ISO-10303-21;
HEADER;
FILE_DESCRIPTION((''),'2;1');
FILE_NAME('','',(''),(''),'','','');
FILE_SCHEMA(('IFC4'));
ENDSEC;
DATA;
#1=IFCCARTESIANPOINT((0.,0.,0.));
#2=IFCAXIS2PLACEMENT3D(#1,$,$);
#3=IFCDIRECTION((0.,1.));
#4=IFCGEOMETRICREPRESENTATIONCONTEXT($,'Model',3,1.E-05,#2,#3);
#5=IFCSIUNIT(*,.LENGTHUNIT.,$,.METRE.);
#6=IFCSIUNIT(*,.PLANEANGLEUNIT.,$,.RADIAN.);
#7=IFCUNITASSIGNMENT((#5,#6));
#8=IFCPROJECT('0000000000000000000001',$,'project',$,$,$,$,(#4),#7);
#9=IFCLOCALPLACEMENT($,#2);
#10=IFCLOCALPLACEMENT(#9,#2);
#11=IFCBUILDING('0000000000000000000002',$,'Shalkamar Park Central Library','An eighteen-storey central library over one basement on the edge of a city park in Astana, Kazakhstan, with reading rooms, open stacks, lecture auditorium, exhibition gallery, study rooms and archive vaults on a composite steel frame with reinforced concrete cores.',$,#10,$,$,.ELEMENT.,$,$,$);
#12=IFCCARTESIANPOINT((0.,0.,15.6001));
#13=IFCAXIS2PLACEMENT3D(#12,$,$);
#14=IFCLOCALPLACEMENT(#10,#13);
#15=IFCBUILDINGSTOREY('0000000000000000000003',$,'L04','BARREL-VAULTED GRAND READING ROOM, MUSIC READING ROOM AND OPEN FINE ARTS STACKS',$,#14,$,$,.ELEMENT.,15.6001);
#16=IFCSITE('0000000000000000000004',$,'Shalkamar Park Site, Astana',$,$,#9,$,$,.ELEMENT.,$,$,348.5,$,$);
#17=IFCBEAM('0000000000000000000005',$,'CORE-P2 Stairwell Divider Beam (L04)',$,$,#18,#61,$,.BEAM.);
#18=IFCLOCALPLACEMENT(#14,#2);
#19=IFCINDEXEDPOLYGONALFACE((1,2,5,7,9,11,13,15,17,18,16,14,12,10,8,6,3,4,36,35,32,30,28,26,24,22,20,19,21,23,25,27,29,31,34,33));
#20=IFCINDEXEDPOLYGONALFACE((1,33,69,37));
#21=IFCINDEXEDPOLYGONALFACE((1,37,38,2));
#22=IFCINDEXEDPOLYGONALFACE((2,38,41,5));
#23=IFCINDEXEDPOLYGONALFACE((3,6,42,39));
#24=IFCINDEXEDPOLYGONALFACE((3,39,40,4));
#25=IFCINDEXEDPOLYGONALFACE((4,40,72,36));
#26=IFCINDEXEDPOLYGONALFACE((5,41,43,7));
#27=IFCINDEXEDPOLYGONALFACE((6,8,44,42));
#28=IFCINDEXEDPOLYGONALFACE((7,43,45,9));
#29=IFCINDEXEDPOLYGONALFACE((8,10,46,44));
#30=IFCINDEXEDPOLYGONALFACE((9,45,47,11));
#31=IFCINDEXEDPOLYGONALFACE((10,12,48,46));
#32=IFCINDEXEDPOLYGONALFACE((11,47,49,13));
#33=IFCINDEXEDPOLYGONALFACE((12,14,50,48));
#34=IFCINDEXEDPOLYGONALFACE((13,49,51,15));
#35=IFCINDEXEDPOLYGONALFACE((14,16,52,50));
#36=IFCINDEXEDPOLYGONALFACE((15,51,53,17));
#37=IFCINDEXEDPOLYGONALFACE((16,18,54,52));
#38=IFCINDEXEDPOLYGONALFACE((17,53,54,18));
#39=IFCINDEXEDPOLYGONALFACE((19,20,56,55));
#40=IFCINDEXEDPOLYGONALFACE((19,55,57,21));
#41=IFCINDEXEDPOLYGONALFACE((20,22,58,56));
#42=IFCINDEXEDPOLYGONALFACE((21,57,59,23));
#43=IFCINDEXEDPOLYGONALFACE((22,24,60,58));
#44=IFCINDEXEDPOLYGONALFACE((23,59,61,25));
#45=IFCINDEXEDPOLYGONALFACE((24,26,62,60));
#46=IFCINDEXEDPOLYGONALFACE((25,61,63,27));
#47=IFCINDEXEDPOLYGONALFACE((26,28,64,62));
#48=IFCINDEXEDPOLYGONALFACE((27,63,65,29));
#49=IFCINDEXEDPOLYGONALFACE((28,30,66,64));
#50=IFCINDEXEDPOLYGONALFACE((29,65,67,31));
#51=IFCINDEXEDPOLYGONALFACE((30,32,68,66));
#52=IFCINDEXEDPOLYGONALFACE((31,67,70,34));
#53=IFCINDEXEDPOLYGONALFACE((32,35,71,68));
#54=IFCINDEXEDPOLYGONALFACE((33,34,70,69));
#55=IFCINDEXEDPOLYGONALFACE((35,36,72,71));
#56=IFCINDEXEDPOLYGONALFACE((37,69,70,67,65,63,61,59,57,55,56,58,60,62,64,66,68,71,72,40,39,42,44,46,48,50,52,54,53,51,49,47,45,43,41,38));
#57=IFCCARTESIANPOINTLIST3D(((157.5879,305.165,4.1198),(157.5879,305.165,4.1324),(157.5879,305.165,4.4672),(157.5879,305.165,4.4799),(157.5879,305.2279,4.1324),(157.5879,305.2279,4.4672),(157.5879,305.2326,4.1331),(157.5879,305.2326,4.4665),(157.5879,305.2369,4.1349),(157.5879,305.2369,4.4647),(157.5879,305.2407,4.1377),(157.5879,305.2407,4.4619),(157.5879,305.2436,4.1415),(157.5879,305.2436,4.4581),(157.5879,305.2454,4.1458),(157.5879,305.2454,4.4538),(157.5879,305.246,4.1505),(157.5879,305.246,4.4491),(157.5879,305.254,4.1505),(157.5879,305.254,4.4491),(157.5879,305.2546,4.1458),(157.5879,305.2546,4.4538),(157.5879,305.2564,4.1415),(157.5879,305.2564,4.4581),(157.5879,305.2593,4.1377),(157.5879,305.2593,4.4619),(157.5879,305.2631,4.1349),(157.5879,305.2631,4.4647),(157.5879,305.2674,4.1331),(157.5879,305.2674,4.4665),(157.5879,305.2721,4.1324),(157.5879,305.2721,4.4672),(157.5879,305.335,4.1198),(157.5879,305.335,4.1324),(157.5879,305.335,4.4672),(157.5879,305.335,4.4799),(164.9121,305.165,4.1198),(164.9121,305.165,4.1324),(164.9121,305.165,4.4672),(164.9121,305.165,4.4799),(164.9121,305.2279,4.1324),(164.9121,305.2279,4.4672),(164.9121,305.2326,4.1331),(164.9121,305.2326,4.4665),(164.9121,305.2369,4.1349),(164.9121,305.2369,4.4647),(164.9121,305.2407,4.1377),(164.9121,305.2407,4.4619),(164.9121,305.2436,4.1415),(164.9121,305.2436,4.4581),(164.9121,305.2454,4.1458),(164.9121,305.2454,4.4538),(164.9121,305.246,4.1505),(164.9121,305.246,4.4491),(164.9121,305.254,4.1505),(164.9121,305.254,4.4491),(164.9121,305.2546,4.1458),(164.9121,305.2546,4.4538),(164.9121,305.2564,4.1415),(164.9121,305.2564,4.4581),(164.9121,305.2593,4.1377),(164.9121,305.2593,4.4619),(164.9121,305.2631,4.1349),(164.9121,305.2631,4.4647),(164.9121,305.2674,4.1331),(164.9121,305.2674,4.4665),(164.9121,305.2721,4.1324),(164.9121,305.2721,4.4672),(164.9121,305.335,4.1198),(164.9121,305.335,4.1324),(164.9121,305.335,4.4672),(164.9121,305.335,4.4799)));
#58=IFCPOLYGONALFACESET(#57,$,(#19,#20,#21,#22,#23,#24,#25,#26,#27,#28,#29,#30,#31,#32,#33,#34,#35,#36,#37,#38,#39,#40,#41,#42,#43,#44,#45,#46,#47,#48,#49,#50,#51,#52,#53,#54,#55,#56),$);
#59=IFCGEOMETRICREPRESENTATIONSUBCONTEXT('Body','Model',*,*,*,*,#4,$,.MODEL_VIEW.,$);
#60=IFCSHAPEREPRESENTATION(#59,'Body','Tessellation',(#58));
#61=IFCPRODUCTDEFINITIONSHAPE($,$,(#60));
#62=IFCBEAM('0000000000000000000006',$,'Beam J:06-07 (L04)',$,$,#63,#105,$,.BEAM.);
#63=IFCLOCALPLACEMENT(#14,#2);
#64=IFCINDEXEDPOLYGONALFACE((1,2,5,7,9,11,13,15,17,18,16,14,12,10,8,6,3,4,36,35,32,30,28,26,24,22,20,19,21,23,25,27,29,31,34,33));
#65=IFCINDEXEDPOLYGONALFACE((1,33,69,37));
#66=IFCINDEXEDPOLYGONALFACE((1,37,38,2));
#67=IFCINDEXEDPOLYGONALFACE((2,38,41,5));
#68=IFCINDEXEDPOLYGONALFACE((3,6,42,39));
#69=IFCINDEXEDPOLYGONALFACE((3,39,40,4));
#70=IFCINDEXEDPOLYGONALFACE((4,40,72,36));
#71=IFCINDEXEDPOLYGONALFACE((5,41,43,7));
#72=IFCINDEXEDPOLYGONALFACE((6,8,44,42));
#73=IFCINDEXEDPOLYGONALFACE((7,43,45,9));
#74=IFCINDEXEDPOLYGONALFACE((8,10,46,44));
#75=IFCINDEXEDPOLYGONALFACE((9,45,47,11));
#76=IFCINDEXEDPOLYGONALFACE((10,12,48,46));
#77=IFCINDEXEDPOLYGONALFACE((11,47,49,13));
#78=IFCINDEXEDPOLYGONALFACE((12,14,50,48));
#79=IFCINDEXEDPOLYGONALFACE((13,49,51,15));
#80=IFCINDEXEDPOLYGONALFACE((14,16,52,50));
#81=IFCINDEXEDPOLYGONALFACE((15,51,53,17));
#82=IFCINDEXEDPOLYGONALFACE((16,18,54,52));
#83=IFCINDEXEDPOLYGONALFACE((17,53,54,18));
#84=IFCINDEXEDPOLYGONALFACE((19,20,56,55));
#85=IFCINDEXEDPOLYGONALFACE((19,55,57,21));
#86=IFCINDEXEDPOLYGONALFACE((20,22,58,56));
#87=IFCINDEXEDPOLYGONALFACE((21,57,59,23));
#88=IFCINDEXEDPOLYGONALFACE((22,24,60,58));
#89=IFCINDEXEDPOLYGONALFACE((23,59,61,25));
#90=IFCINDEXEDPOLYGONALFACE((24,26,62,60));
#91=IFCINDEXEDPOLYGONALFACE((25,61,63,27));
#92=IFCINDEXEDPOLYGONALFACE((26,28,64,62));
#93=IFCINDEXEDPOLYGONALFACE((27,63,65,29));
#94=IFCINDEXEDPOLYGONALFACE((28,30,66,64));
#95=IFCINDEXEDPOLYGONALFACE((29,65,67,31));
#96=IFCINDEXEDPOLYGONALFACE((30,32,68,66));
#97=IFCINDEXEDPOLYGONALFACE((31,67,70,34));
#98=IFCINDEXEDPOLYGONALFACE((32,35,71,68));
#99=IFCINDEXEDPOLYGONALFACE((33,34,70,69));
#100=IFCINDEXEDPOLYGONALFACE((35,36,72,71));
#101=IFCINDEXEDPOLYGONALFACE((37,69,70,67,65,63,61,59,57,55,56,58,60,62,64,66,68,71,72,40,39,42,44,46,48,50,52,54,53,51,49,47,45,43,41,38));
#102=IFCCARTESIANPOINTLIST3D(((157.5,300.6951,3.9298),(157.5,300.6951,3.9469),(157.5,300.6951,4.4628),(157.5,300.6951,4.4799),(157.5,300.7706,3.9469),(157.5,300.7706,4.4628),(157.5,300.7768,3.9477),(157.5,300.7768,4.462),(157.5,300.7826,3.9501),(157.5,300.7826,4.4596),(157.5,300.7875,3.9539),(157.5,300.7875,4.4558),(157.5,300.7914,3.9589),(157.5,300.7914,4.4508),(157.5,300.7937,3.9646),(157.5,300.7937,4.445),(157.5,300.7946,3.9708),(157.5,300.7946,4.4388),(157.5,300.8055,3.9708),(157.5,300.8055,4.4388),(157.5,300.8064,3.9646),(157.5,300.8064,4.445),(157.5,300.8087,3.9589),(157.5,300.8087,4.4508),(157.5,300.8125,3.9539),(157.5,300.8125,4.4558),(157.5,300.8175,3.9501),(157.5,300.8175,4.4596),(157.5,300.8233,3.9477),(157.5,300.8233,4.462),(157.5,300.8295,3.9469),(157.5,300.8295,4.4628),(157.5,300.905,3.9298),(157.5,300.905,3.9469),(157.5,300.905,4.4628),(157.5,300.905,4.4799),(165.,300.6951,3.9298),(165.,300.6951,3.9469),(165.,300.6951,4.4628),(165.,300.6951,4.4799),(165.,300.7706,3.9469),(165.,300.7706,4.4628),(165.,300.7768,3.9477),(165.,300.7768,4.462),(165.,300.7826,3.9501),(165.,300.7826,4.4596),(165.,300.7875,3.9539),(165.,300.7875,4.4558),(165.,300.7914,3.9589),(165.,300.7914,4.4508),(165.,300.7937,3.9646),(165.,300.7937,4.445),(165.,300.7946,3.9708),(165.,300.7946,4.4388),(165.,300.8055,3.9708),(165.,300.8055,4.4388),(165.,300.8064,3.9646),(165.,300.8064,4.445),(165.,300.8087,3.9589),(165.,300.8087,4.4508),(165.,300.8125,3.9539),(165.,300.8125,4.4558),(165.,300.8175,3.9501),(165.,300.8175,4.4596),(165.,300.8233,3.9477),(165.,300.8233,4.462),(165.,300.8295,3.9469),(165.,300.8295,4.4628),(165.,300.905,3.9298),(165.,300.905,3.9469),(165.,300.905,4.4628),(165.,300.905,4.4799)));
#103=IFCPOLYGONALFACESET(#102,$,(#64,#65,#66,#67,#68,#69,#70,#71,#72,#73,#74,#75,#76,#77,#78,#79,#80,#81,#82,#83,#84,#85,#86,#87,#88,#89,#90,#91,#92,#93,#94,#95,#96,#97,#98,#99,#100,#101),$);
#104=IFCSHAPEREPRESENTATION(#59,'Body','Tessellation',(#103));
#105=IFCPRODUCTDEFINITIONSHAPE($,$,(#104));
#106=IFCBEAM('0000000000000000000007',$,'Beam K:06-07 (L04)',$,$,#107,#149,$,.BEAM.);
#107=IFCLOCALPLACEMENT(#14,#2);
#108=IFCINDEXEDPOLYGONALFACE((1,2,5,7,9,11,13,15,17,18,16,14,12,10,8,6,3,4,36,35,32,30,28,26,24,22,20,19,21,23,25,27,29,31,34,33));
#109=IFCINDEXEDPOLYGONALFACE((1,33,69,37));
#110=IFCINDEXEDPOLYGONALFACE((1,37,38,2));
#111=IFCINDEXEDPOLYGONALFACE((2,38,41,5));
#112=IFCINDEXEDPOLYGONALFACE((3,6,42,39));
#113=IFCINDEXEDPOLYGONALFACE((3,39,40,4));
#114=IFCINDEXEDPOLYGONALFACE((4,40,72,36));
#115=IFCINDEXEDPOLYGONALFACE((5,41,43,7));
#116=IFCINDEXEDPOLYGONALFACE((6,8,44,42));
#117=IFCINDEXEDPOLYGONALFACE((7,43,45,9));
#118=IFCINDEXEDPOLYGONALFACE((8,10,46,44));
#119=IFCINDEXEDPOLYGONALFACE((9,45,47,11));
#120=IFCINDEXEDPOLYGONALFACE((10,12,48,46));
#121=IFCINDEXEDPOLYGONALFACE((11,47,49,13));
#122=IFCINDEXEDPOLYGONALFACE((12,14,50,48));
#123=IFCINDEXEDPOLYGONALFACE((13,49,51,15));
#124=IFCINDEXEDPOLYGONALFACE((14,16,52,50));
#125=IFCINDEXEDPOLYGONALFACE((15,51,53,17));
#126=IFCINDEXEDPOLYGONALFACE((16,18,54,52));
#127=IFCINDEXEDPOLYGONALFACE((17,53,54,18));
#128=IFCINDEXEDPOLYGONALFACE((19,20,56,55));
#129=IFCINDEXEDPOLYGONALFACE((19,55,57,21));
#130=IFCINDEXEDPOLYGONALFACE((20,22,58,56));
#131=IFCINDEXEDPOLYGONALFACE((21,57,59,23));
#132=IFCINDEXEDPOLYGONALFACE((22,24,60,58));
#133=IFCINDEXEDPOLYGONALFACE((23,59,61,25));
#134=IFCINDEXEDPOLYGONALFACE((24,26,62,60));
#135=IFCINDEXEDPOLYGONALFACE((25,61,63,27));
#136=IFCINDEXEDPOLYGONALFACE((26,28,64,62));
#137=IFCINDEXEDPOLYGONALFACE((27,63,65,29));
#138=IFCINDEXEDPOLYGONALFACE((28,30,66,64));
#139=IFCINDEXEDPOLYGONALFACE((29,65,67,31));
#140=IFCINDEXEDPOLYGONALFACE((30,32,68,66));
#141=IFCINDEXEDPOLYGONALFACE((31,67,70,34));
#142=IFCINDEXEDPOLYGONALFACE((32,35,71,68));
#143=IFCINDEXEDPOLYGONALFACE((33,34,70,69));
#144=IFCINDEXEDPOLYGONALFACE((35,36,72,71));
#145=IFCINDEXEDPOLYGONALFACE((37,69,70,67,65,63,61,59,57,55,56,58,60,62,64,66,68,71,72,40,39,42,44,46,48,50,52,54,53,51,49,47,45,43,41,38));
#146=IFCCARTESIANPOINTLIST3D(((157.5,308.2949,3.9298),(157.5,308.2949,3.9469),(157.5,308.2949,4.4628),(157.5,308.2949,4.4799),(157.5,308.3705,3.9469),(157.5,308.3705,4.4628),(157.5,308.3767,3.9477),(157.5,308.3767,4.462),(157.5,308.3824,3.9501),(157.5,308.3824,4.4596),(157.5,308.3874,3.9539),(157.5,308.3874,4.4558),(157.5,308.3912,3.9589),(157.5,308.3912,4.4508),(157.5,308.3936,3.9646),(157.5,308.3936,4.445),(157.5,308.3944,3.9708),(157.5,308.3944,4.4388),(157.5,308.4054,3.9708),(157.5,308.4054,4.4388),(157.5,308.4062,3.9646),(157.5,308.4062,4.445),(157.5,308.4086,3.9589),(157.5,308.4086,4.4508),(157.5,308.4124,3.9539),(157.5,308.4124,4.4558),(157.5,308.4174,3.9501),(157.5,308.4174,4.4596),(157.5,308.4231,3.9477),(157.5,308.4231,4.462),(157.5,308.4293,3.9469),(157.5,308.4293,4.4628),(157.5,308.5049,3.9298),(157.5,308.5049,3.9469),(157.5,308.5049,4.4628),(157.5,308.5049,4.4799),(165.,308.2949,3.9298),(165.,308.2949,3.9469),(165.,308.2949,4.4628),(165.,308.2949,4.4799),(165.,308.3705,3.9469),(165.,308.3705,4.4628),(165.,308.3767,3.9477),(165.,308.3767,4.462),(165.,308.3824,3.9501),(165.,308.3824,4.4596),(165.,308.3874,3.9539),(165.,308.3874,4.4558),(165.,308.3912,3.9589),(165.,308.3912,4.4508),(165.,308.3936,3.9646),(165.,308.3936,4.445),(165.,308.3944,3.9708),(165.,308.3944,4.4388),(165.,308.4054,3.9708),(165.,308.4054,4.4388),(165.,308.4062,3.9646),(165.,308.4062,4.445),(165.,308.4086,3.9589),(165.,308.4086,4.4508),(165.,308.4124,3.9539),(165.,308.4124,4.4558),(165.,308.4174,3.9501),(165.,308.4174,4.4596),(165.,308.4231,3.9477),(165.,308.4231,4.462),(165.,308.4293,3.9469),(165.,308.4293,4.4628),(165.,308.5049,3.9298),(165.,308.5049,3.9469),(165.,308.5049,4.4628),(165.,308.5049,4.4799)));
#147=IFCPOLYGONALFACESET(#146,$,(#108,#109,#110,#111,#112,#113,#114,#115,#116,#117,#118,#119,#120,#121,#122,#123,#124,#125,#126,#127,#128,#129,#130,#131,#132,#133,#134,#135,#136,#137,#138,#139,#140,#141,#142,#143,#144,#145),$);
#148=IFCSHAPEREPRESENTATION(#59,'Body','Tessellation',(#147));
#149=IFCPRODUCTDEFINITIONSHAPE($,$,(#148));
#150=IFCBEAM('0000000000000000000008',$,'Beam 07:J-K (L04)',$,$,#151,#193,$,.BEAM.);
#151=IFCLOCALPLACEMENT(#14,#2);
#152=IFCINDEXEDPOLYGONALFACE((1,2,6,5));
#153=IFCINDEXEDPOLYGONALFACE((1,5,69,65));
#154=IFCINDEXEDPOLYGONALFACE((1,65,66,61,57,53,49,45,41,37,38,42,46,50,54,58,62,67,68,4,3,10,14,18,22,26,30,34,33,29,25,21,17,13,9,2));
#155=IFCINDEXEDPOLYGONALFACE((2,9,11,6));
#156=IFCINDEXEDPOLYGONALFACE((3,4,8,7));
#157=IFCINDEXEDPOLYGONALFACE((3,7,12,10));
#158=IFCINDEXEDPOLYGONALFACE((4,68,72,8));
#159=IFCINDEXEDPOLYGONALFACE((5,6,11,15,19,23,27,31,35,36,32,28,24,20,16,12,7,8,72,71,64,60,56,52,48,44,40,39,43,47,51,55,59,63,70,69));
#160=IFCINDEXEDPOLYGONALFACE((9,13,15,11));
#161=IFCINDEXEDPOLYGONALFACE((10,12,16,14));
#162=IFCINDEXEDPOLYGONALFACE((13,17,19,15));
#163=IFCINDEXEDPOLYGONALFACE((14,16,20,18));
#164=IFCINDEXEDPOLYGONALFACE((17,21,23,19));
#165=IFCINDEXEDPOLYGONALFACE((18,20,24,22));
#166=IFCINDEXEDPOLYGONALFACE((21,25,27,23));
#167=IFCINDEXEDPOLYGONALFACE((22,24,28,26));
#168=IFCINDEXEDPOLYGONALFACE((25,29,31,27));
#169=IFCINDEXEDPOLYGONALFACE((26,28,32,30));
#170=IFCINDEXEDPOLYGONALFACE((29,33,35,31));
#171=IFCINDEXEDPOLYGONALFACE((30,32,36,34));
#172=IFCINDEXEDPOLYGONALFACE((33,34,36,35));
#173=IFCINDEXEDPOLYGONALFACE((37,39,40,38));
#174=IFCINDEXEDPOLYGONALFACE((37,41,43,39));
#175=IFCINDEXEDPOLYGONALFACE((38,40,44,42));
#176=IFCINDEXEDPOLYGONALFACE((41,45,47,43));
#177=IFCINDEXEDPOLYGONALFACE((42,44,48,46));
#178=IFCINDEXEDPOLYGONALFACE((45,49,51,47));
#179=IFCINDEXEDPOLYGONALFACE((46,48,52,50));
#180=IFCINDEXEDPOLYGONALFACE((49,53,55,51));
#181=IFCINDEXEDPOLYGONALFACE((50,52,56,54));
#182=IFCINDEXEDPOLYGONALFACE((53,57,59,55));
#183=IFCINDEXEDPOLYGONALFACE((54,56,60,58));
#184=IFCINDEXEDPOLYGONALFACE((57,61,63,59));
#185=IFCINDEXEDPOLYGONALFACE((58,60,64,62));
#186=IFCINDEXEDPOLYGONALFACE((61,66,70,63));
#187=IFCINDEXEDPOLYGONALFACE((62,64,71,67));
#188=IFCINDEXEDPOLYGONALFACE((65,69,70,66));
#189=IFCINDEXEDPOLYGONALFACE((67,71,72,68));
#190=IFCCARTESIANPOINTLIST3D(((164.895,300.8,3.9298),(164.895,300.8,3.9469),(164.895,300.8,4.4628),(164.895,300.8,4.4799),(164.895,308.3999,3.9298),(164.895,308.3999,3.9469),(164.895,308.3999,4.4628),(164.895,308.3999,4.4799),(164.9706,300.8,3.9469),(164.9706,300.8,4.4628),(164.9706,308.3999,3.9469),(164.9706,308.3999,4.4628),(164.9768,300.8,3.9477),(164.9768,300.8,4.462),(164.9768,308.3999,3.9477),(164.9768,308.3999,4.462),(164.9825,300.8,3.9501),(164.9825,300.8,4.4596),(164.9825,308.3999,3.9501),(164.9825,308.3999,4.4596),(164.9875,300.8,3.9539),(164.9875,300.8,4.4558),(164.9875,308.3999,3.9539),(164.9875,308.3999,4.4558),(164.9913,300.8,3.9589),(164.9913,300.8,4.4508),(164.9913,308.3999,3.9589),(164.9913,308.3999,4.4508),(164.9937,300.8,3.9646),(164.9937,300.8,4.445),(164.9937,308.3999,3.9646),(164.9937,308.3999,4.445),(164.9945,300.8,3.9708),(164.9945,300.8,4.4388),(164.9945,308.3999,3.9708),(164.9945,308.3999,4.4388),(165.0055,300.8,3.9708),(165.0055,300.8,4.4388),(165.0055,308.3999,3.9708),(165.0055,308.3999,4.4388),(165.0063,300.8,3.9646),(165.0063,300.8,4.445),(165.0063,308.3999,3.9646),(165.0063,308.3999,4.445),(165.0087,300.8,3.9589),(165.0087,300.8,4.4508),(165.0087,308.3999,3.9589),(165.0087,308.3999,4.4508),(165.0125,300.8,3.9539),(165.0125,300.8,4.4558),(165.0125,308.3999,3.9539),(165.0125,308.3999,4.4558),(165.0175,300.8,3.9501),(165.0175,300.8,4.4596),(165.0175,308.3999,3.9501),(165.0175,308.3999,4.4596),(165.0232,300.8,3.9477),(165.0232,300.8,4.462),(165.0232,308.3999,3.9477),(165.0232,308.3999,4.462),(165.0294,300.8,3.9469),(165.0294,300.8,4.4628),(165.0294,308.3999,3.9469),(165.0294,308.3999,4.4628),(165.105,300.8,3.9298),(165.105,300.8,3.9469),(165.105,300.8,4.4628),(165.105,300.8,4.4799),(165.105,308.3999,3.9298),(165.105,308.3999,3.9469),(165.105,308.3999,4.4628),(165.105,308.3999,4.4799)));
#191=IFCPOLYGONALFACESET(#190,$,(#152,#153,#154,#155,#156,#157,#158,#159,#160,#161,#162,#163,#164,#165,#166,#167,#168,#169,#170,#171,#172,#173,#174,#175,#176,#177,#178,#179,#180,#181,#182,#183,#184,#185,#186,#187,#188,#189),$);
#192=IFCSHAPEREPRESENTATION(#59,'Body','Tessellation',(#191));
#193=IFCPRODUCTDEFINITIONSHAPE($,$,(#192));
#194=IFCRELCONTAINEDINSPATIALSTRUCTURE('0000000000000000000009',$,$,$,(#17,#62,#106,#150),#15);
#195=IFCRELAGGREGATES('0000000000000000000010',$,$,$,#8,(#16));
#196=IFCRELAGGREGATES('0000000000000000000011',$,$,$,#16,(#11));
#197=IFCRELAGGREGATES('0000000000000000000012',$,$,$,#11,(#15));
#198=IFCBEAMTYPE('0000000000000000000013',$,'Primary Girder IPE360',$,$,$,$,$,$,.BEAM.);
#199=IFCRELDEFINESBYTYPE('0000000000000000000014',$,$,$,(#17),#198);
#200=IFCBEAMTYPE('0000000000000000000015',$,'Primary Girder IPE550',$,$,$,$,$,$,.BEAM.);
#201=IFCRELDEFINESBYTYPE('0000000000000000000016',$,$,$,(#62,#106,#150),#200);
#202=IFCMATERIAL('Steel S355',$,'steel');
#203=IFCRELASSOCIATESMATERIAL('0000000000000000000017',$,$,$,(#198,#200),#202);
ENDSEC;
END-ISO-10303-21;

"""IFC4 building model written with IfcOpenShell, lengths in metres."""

from ifc_helpers import new_model, si_unit, direction, frame, origin, origin_2d, place, context, subcontext, project, spatial, i_section, extrude, material, material_profile, profile_set, type_object, element, save


model = new_model("IFC4")

# Units and contexts
model_context = context("Model", 3, precision=1e-05, world=origin(), true_north=direction((0.0, 1.0)))
body_context = subcontext(model_context, "Body", "Model", "MODEL_VIEW")
ifc_project = project(units=[si_unit("LENGTHUNIT", "METRE"), si_unit("PLANEANGLEUNIT", "RADIAN")], contexts=[model_context])

# Site, building, storey
site_placement = place(None, origin())
site = spatial("IfcSite", under=ifc_project, at=site_placement, Name="Shalkamar Park Site, Astana", CompositionType="ELEMENT", RefElevation=348.5)
building_placement = place(site_placement, origin())
building = spatial("IfcBuilding", under=site, at=building_placement, Name="Shalkamar Park Central Library", Description="An eighteen-storey central library over one basement on the edge of a city park in Astana, Kazakhstan, with reading rooms, open stacks, lecture auditorium, exhibition gallery, study rooms and archive vaults on a composite steel frame with reinforced concrete cores.", CompositionType="ELEMENT")
storey_placement = place(building_placement, frame((0.0, 0.0, 15.6001)))
storey = spatial("IfcBuildingStorey", under=building, at=storey_placement, Name="L04", Description="BARREL-VAULTED GRAND READING ROOM, MUSIC READING ROOM AND OPEN FINE ARTS STACKS", CompositionType="ELEMENT", Elevation=15.6001)

# Shared definitions
ifc_material_1 = material(Name="Steel S355", Category="steel")

# Beams
ifc_material_profile_1 = material_profile(ifc_material_1, i_section(OverallWidth=0.1699, OverallDepth=0.3601, WebThickness=0.0081, FlangeThickness=0.0127, FilletRadius=0.0181, at=origin_2d()), Name="IPE 360")
ifc_profile_set_1 = profile_set([ifc_material_profile_1], Name="Steel S355")
beam_type_1 = type_object("IfcBeamType", Name="Primary Girder IPE360", PredefinedType="BEAM", material=ifc_profile_set_1)
beam_1_placement = place(storey_placement, frame((157.5879, 305.25, 4.2998), z_axis=(1.0, 0.0, 0.0), x_axis=(0.0, 1.0, 0.0)))
element("IfcBeam", 1, at=beam_1_placement, inside=storey, type_object=beam_type_1, Name="CORE-P2 Stairwell Divider Beam (L04)", PredefinedType="BEAM", context=body_context, shape_type="SweptSolid", body=[
    extrude(i_section(OverallWidth=0.1699, OverallDepth=0.3601, WebThickness=0.0081, FlangeThickness=0.0127, FilletRadius=0.0181, at=origin_2d()), origin(), (0.0, 0.0, 1.0), 7.3242),
])
ifc_material_profile_2 = material_profile(ifc_material_1, i_section(OverallWidth=0.21, OverallDepth=0.55, WebThickness=0.011, FlangeThickness=0.0171, FilletRadius=0.0239, at=origin_2d()), Name="IPE 550")
ifc_profile_set_2 = profile_set([ifc_material_profile_2], Name="Steel S355")
beam_type_2 = type_object("IfcBeamType", Name="Primary Girder IPE550", PredefinedType="BEAM", material=ifc_profile_set_2)
for number, where, z_axis, x_axis, name in (
    (2, (157.5, 300.8, 4.2048), (1.0, 0.0, 0.0), (0.0, 1.0, 0.0), "Beam J:06-07 (L04)"),
    (3, (157.5, 308.3999, 4.2048), (1.0, 0.0, 0.0), (0.0, 1.0, 0.0), "Beam K:06-07 (L04)"),
):
    element("IfcBeam", number, at=place(storey_placement, frame(where, z_axis=z_axis, x_axis=x_axis)), inside=storey, type_object=beam_type_2, Name=name, PredefinedType="BEAM", context=body_context, shape_type="SweptSolid", body=[
        extrude(i_section(OverallWidth=0.21, OverallDepth=0.55, WebThickness=0.011, FlangeThickness=0.0171, FilletRadius=0.0239, at=origin_2d()), origin(), (0.0, 0.0, 1.0), 7.5),
    ])
beam_2_placement = place(storey_placement, frame((165.0, 300.8, 4.2048), z_axis=(0.0, 1.0, 0.0), x_axis=(-1.0, 0.0, 0.0)))
element("IfcBeam", 4, at=beam_2_placement, inside=storey, type_object=beam_type_2, Name="Beam 07:J-K (L04)", PredefinedType="BEAM", context=body_context, shape_type="SweptSolid", body=[
    extrude(i_section(OverallWidth=0.21, OverallDepth=0.55, WebThickness=0.011, FlangeThickness=0.0171, FilletRadius=0.0239, at=origin_2d()), origin(), (0.0, 0.0, 1.0), 7.5999),
])

save(model, "model.ifc")
